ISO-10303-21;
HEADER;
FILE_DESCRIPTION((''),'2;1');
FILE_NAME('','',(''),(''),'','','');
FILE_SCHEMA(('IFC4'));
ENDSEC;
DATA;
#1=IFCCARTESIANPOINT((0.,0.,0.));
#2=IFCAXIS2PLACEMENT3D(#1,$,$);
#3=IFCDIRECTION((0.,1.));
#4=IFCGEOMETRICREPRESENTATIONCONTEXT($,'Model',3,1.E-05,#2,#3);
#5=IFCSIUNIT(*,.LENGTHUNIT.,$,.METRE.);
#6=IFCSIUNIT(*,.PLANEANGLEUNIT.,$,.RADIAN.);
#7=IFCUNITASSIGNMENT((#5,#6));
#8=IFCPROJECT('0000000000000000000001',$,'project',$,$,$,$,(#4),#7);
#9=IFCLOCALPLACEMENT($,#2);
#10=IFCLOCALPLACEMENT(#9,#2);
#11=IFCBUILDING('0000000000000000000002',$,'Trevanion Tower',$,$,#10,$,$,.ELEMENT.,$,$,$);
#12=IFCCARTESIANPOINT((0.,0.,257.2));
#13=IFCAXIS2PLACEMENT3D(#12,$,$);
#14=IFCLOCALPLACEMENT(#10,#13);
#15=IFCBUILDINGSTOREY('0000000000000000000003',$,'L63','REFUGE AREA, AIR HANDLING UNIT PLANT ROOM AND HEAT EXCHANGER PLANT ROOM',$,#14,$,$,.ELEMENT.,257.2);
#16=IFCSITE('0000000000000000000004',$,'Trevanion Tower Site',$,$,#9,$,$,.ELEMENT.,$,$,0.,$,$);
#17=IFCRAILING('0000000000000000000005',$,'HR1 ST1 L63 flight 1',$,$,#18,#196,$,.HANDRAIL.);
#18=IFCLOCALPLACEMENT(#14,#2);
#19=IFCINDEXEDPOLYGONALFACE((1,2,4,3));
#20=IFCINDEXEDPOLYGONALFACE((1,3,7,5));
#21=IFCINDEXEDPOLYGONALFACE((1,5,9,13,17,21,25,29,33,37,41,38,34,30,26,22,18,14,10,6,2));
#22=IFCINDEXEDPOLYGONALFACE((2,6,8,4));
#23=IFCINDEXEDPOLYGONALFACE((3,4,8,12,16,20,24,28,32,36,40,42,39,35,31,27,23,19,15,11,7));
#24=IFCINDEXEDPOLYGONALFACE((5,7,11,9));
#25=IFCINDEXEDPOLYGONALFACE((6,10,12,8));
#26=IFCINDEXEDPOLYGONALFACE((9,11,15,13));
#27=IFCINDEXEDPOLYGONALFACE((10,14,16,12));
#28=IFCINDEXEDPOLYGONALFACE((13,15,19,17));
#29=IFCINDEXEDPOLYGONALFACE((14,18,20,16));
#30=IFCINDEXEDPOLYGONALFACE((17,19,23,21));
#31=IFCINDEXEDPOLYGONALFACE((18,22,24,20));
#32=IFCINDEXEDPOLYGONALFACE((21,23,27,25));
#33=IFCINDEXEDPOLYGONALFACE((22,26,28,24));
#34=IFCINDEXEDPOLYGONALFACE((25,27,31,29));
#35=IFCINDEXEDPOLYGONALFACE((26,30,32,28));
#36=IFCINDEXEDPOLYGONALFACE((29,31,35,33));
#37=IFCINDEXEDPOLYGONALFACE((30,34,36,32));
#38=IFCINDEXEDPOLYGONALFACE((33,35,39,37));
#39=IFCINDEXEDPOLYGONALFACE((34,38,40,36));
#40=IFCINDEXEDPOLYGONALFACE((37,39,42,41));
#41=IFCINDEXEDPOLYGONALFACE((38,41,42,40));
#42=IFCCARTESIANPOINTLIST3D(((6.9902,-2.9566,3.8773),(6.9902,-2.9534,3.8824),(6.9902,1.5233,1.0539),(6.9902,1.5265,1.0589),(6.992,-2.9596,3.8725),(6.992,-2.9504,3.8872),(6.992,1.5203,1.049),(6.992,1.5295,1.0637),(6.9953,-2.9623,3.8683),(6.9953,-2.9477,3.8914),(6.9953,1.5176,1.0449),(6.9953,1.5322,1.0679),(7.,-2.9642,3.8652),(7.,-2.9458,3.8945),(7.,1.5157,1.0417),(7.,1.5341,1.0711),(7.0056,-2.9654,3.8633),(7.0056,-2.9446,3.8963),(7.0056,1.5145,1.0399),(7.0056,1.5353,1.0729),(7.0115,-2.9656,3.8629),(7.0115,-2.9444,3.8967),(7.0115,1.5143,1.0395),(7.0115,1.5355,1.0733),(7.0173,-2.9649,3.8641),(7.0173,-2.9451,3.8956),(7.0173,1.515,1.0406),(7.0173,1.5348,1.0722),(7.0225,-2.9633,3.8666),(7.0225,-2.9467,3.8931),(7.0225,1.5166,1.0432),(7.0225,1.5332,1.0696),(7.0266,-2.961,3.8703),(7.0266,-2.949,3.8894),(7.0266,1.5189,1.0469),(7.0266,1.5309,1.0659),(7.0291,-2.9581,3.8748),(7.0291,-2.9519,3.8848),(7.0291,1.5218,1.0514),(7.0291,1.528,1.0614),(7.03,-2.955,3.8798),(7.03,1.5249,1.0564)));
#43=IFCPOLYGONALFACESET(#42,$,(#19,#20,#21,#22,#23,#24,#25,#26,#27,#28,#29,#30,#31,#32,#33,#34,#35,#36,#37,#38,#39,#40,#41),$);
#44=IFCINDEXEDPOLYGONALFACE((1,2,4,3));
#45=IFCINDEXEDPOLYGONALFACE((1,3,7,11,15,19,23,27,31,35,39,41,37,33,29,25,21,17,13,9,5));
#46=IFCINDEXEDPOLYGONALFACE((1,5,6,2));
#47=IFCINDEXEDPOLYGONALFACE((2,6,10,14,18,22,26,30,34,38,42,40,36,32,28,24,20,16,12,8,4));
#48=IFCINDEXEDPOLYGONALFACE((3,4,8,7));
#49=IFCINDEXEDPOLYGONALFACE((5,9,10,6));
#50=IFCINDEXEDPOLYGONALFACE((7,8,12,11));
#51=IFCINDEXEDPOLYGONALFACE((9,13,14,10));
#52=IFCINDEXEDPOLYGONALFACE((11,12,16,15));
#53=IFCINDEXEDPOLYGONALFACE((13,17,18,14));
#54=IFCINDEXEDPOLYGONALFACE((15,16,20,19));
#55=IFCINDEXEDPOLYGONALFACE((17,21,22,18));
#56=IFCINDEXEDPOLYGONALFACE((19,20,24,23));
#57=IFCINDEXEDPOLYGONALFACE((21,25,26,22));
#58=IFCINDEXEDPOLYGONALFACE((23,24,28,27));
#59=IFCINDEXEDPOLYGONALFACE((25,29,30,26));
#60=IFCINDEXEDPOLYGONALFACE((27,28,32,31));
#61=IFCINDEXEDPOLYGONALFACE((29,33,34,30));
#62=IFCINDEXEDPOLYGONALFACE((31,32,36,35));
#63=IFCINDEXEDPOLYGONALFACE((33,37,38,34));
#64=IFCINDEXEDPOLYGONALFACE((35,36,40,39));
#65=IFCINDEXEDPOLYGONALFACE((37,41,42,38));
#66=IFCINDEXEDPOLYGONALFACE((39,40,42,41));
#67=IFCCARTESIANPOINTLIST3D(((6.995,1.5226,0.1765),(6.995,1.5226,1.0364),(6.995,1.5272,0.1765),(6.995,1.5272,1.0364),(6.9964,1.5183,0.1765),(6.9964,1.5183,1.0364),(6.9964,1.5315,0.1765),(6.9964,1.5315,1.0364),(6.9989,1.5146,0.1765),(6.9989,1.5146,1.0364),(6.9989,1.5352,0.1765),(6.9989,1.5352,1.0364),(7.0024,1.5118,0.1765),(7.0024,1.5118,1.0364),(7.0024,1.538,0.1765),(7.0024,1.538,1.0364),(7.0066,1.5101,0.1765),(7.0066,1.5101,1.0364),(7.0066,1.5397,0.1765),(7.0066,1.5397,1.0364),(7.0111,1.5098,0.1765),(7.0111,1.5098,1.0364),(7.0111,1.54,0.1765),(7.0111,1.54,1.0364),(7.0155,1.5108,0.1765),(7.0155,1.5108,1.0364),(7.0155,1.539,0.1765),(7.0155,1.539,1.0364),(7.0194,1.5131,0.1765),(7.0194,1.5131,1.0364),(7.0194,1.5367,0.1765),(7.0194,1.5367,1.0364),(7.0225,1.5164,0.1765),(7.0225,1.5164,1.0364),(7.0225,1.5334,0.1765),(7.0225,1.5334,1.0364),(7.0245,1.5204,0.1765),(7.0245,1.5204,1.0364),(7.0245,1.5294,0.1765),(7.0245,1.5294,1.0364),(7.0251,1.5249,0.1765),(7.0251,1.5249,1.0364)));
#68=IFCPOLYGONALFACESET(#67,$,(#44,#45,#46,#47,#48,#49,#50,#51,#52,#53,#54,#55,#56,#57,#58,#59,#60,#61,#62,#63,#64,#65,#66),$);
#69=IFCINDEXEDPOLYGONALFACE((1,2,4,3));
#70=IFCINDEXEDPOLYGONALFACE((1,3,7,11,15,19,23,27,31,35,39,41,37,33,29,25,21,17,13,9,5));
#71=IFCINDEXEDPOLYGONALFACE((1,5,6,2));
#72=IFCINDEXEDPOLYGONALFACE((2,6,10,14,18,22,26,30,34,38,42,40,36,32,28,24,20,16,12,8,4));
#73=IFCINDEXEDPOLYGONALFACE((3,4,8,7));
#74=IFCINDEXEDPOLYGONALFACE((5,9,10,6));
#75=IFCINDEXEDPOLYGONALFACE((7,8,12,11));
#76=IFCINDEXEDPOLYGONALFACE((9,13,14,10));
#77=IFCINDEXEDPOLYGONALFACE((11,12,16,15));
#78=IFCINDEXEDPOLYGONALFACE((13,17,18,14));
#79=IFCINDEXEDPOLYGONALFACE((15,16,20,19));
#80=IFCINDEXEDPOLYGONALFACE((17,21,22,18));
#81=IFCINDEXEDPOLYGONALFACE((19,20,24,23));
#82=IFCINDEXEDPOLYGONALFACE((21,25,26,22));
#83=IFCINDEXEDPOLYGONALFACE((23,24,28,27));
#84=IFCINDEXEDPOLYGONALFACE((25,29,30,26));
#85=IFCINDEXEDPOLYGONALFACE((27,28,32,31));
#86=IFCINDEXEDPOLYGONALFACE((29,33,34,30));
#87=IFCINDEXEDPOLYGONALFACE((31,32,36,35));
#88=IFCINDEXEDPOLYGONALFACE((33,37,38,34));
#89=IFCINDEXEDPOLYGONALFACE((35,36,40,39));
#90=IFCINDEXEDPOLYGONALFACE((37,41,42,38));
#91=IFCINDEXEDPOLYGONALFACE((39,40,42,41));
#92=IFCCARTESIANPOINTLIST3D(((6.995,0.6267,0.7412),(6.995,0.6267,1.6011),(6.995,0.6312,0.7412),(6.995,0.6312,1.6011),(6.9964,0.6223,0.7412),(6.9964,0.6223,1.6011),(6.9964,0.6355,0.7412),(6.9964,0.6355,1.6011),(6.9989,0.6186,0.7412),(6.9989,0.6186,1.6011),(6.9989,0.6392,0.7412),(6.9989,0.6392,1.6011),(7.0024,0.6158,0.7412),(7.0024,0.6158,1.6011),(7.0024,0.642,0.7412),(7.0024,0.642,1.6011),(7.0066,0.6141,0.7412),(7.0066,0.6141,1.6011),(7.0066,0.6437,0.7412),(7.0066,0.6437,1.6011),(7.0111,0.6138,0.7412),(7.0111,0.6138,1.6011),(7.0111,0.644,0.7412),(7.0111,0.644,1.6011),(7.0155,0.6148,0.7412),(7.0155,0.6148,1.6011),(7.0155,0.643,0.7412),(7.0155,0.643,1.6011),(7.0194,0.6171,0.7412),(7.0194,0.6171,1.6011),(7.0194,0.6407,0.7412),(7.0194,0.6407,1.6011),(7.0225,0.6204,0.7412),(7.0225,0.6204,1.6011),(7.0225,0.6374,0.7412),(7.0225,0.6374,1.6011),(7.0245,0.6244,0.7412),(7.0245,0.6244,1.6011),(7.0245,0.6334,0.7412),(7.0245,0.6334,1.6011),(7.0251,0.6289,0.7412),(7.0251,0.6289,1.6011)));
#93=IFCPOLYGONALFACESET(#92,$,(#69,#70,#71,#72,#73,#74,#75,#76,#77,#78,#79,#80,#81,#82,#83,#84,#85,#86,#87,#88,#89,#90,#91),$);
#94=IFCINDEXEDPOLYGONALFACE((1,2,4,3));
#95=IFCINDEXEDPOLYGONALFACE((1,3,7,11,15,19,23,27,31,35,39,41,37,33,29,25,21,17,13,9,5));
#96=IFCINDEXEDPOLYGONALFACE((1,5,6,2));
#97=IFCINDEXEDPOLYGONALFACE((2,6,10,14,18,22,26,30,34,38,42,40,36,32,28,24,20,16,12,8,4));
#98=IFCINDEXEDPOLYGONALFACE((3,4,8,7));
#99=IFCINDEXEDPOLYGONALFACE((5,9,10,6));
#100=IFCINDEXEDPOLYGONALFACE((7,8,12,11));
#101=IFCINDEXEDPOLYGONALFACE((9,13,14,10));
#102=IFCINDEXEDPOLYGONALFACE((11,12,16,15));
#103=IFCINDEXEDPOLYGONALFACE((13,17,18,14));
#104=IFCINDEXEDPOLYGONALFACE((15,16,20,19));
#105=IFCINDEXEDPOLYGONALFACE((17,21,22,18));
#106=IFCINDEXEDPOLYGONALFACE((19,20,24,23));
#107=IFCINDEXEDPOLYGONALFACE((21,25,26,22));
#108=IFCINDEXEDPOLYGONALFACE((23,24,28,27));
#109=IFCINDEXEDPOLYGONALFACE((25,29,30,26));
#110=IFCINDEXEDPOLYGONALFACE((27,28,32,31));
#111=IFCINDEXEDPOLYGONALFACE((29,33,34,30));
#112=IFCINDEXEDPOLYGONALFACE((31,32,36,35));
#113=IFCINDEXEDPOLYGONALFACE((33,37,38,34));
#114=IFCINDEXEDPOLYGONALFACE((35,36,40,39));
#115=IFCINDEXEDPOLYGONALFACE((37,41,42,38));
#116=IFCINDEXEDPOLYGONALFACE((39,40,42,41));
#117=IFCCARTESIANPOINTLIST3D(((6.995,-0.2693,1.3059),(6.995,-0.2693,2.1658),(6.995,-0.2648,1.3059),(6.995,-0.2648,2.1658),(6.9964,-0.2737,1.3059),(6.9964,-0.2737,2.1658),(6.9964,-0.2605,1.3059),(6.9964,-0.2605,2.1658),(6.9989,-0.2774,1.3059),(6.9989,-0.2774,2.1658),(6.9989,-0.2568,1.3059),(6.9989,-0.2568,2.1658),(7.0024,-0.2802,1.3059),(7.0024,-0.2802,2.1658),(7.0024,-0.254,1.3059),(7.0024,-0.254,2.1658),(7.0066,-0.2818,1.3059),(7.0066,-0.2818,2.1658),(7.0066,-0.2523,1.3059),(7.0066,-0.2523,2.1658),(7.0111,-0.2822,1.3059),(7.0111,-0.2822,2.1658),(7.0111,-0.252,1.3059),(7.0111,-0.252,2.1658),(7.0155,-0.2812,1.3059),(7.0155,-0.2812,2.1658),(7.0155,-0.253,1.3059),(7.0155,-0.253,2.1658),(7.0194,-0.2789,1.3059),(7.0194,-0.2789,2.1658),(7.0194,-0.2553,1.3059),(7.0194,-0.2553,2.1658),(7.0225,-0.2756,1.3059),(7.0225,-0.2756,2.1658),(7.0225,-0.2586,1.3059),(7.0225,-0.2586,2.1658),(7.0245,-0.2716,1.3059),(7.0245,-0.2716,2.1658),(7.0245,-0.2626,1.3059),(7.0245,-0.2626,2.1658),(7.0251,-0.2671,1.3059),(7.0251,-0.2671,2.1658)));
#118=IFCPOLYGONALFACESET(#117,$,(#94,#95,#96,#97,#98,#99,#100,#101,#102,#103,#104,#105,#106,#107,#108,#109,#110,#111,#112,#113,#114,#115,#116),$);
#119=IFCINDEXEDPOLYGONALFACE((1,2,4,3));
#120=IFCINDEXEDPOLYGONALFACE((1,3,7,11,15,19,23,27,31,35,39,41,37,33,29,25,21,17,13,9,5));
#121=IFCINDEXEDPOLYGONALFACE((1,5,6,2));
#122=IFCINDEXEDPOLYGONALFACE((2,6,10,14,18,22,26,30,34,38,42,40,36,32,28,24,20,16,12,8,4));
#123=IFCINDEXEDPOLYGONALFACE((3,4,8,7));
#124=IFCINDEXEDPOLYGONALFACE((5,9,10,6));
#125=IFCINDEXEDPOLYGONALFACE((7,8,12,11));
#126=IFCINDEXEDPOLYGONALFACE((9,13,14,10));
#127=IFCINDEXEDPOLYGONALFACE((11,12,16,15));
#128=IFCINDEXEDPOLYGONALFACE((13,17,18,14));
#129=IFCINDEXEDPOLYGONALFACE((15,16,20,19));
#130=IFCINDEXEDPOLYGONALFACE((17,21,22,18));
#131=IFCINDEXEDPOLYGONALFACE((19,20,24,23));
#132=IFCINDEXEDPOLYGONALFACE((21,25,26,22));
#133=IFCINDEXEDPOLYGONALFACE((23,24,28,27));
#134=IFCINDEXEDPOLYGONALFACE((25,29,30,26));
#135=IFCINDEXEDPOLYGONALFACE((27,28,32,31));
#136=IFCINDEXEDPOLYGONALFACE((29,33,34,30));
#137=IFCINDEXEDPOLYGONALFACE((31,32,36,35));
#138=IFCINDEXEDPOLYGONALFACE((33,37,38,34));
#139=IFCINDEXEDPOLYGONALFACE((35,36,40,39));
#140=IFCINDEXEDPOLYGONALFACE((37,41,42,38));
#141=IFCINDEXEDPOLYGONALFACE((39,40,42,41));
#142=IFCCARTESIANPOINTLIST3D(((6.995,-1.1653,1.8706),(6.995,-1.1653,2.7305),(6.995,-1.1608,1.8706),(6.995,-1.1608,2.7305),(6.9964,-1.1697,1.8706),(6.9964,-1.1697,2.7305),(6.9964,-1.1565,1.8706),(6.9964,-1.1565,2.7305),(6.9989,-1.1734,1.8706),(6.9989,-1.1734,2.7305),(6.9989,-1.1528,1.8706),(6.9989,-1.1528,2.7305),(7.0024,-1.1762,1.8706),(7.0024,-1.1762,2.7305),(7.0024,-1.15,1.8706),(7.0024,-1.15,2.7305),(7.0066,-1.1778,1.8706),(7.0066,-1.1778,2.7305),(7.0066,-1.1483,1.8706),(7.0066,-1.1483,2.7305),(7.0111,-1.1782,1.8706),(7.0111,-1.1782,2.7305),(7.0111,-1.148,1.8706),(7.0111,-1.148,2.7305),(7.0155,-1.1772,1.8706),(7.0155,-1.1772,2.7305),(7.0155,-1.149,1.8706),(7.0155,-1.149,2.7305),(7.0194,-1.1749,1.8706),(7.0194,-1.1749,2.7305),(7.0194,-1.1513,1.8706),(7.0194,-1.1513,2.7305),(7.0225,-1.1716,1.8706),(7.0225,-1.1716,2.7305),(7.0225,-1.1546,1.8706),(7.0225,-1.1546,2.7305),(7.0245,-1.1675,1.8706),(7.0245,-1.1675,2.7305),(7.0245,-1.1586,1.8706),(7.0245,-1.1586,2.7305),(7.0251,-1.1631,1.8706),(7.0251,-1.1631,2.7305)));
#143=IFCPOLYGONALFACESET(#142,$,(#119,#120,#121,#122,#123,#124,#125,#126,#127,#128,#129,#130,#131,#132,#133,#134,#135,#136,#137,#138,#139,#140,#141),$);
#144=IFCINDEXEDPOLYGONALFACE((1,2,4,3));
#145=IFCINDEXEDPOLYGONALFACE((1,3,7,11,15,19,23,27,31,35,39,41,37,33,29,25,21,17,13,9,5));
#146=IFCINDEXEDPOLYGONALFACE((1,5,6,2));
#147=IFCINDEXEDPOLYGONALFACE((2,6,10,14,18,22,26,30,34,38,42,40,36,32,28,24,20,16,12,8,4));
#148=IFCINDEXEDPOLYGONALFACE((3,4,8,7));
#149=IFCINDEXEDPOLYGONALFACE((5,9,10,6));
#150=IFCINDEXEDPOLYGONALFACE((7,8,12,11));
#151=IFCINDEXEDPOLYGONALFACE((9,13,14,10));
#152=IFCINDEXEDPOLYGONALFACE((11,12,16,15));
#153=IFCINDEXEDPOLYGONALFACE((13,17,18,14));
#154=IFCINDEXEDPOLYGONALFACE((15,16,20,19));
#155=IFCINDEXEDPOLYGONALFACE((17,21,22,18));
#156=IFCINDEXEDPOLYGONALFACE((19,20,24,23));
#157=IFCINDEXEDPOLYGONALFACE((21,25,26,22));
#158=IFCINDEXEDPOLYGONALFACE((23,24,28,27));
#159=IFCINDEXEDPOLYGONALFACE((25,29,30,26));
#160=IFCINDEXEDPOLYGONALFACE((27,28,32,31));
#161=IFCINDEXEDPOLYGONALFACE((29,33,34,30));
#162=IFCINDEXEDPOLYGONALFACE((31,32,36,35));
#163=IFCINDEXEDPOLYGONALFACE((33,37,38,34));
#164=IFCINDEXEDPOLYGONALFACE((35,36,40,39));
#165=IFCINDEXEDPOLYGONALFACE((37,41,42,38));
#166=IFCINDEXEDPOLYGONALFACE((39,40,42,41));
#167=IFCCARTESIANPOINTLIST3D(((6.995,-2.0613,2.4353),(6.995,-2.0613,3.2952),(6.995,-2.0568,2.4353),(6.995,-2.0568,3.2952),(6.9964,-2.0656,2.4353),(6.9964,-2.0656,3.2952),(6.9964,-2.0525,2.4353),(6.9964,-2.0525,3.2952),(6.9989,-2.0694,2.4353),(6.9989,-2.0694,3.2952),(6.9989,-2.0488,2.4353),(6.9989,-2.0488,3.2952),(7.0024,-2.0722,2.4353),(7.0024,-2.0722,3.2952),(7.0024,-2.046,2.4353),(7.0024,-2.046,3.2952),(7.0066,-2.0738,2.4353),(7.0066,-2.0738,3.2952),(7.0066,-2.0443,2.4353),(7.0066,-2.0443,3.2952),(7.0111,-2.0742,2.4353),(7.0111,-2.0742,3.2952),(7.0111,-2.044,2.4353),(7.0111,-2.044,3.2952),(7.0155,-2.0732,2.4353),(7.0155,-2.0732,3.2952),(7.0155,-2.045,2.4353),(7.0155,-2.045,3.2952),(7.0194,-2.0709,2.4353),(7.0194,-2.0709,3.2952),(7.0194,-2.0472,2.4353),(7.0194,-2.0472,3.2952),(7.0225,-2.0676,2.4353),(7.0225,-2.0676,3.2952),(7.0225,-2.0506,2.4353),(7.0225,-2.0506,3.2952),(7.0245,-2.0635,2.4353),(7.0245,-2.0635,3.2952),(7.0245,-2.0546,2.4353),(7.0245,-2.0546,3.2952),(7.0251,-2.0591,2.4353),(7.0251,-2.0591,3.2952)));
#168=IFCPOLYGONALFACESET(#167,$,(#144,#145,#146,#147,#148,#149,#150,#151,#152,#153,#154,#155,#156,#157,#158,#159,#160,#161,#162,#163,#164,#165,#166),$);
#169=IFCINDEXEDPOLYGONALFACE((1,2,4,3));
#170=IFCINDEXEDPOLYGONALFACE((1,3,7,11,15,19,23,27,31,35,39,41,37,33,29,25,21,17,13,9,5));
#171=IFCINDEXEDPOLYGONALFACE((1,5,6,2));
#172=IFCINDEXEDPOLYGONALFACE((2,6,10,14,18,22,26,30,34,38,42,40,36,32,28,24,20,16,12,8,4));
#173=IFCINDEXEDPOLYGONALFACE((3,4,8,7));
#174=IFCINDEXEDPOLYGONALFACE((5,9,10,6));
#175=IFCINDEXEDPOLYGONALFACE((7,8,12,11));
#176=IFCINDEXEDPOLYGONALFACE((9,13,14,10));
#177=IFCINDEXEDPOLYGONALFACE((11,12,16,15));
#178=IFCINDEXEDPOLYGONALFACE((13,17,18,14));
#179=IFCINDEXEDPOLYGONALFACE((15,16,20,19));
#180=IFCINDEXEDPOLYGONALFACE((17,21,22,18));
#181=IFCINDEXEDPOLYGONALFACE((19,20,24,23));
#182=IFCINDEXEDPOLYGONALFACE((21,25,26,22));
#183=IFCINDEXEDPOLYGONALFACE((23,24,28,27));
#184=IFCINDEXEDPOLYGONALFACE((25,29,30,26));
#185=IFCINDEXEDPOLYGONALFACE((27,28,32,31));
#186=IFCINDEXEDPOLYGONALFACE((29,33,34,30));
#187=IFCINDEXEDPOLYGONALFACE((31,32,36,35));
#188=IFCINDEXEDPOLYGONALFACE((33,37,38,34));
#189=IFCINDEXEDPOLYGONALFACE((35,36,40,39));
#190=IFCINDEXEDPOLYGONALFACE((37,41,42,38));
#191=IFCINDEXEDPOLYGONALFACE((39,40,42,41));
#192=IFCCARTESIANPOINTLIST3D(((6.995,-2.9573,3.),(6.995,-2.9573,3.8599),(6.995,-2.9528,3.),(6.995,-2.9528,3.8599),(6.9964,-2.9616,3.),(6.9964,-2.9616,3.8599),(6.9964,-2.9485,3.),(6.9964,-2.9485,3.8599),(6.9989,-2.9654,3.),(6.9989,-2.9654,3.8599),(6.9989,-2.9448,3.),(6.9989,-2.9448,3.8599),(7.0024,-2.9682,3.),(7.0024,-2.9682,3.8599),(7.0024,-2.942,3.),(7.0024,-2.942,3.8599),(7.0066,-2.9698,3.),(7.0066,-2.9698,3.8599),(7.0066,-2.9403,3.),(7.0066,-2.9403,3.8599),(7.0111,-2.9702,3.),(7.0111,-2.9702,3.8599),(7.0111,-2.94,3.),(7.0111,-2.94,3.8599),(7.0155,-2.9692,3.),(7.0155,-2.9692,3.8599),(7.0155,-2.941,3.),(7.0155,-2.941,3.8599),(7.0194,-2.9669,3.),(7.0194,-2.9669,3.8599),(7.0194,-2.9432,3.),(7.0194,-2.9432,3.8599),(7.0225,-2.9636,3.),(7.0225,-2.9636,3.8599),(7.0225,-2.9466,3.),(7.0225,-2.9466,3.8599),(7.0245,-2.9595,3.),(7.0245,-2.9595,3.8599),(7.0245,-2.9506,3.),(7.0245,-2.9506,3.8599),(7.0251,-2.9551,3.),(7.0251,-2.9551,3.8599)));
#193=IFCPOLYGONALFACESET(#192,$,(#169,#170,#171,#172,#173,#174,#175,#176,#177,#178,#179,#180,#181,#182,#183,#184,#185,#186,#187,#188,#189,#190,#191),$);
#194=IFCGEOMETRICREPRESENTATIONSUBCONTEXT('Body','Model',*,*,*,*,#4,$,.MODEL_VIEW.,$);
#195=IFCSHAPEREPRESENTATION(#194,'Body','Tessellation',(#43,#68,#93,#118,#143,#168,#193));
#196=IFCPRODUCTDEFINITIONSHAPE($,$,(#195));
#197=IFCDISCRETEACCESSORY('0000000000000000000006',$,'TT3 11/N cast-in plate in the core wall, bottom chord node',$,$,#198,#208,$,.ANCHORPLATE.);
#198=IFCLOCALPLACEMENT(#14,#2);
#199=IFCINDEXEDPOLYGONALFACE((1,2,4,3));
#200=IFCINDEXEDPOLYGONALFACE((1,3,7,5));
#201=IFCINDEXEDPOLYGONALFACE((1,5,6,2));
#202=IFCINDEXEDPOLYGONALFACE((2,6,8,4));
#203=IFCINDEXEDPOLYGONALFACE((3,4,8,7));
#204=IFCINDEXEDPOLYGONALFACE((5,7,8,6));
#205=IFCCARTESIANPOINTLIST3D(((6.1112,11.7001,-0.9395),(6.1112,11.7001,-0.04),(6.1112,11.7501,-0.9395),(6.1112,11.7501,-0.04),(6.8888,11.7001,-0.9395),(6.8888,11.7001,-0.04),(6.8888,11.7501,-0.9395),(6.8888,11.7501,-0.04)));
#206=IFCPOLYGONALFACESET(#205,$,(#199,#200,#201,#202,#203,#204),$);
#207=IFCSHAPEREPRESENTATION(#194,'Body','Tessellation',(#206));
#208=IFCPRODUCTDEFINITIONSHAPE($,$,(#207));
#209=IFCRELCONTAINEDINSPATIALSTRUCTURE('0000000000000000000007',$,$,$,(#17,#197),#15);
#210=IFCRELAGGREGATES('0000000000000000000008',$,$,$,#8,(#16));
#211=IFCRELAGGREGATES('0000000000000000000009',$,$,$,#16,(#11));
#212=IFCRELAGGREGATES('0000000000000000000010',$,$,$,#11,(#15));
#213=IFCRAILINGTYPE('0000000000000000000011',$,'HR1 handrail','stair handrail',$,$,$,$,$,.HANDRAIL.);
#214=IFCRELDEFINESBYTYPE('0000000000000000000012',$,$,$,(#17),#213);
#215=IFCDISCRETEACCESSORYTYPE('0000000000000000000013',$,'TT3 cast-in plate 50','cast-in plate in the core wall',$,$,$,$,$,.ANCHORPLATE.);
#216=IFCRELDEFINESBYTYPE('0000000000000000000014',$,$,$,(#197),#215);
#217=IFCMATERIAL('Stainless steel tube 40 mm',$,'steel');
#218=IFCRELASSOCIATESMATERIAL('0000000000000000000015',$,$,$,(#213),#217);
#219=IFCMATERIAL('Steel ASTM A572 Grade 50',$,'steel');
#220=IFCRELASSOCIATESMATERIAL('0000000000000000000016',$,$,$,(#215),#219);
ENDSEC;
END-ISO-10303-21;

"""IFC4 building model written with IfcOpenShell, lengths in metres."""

from ifc_helpers import new_model, si_unit, direction, frame, origin, origin_2d, place, context, subcontext, project, spatial, rectangle, circle, extrude, material, type_object, element, save


model = new_model("IFC4")

# Units and contexts
model_context = context("Model", 3, precision=1e-05, world=origin(), true_north=direction((0.0, 1.0)))
body_context = subcontext(model_context, "Body", "Model", "MODEL_VIEW")
ifc_project = project(units=[si_unit("LENGTHUNIT", "METRE"), si_unit("PLANEANGLEUNIT", "RADIAN")], contexts=[model_context])

# Site, building, storey
site_placement = place(None, origin())
site = spatial("IfcSite", under=ifc_project, at=site_placement, Name="Trevanion Tower Site", CompositionType="ELEMENT", RefElevation=0.0)
building_placement = place(site_placement, origin())
building = spatial("IfcBuilding", under=site, at=building_placement, Name="Trevanion Tower", CompositionType="ELEMENT")
storey_placement = place(building_placement, frame((0.0, 0.0, 257.2)))
storey = spatial("IfcBuildingStorey", under=building, at=storey_placement, Name="L63", Description="REFUGE AREA, AIR HANDLING UNIT PLANT ROOM AND HEAT EXCHANGER PLANT ROOM", CompositionType="ELEMENT", Elevation=257.2)

# Railing
ifc_material_1 = material(Name="Stainless steel tube 40 mm", Category="steel")
railing_type = type_object("IfcRailingType", Name="HR1 handrail", Description="stair handrail", PredefinedType="HANDRAIL", material=ifc_material_1)
for number, where, name in (
    (1, (7.01, 1.5249, 0.1765), "HR1 ST1 L63 flight 1"),
):
    element("IfcRailing", number, at=place(storey_placement, frame(where)), inside=storey, type_object=railing_type, Name=name, PredefinedType="HANDRAIL", context=body_context, shape_type="SweptSolid", body=[
        extrude(circle(Radius=0.02, at=origin_2d()), frame((0.0, 0.0, 0.8799), z_axis=(0.0, -0.845998, 0.533186), x_axis=(1.0, 0.0, 0.0)), (0.0, 0.0, 1.0), 5.2954),
        extrude(circle(Radius=0.0151, at=origin_2d()), origin(), (0.0, 0.0, 1.0), 0.8599),
        extrude(circle(Radius=0.0151, at=origin_2d()), frame((0.0, -0.896, 0.5647)), (0.0, 0.0, 1.0), 0.8599),
        extrude(circle(Radius=0.0151, at=origin_2d()), frame((0.0, -1.792, 1.1294)), (0.0, 0.0, 1.0), 0.8599),
        extrude(circle(Radius=0.0151, at=origin_2d()), frame((0.0, -2.688, 1.6941)), (0.0, 0.0, 1.0), 0.8599),
        extrude(circle(Radius=0.0151, at=origin_2d()), frame((0.0, -3.584, 2.2588)), (0.0, 0.0, 1.0), 0.8599),
        extrude(circle(Radius=0.0151, at=origin_2d()), frame((0.0, -4.48, 2.8235)), (0.0, 0.0, 1.0), 0.8599),
    ])

# Discrete accessory
ifc_material_2 = material(Name="Steel ASTM A572 Grade 50", Category="steel")
discrete_accessory_type = type_object("IfcDiscreteAccessoryType", Name="TT3 cast-in plate 50", Description="cast-in plate in the core wall", PredefinedType="ANCHORPLATE", material=ifc_material_2)
for number, where, z_axis, x_axis, name in (
    (2, (6.5, 11.7251, -0.9395), (0.0, 0.0, 1.0), (0.0, 1.0, 0.0), "TT3 11/N cast-in plate in the core wall, bottom chord node"),
):
    element("IfcDiscreteAccessory", number, at=place(storey_placement, frame(where, z_axis=z_axis, x_axis=x_axis)), inside=storey, type_object=discrete_accessory_type, Name=name, PredefinedType="ANCHORPLATE", context=body_context, shape_type="SweptSolid", body=[
        extrude(rectangle(XDim=0.05, YDim=0.7776, at=origin_2d()), origin(), (0.0, 0.0, 1.0), 0.8994),
    ])

save(model, "model.ifc")
